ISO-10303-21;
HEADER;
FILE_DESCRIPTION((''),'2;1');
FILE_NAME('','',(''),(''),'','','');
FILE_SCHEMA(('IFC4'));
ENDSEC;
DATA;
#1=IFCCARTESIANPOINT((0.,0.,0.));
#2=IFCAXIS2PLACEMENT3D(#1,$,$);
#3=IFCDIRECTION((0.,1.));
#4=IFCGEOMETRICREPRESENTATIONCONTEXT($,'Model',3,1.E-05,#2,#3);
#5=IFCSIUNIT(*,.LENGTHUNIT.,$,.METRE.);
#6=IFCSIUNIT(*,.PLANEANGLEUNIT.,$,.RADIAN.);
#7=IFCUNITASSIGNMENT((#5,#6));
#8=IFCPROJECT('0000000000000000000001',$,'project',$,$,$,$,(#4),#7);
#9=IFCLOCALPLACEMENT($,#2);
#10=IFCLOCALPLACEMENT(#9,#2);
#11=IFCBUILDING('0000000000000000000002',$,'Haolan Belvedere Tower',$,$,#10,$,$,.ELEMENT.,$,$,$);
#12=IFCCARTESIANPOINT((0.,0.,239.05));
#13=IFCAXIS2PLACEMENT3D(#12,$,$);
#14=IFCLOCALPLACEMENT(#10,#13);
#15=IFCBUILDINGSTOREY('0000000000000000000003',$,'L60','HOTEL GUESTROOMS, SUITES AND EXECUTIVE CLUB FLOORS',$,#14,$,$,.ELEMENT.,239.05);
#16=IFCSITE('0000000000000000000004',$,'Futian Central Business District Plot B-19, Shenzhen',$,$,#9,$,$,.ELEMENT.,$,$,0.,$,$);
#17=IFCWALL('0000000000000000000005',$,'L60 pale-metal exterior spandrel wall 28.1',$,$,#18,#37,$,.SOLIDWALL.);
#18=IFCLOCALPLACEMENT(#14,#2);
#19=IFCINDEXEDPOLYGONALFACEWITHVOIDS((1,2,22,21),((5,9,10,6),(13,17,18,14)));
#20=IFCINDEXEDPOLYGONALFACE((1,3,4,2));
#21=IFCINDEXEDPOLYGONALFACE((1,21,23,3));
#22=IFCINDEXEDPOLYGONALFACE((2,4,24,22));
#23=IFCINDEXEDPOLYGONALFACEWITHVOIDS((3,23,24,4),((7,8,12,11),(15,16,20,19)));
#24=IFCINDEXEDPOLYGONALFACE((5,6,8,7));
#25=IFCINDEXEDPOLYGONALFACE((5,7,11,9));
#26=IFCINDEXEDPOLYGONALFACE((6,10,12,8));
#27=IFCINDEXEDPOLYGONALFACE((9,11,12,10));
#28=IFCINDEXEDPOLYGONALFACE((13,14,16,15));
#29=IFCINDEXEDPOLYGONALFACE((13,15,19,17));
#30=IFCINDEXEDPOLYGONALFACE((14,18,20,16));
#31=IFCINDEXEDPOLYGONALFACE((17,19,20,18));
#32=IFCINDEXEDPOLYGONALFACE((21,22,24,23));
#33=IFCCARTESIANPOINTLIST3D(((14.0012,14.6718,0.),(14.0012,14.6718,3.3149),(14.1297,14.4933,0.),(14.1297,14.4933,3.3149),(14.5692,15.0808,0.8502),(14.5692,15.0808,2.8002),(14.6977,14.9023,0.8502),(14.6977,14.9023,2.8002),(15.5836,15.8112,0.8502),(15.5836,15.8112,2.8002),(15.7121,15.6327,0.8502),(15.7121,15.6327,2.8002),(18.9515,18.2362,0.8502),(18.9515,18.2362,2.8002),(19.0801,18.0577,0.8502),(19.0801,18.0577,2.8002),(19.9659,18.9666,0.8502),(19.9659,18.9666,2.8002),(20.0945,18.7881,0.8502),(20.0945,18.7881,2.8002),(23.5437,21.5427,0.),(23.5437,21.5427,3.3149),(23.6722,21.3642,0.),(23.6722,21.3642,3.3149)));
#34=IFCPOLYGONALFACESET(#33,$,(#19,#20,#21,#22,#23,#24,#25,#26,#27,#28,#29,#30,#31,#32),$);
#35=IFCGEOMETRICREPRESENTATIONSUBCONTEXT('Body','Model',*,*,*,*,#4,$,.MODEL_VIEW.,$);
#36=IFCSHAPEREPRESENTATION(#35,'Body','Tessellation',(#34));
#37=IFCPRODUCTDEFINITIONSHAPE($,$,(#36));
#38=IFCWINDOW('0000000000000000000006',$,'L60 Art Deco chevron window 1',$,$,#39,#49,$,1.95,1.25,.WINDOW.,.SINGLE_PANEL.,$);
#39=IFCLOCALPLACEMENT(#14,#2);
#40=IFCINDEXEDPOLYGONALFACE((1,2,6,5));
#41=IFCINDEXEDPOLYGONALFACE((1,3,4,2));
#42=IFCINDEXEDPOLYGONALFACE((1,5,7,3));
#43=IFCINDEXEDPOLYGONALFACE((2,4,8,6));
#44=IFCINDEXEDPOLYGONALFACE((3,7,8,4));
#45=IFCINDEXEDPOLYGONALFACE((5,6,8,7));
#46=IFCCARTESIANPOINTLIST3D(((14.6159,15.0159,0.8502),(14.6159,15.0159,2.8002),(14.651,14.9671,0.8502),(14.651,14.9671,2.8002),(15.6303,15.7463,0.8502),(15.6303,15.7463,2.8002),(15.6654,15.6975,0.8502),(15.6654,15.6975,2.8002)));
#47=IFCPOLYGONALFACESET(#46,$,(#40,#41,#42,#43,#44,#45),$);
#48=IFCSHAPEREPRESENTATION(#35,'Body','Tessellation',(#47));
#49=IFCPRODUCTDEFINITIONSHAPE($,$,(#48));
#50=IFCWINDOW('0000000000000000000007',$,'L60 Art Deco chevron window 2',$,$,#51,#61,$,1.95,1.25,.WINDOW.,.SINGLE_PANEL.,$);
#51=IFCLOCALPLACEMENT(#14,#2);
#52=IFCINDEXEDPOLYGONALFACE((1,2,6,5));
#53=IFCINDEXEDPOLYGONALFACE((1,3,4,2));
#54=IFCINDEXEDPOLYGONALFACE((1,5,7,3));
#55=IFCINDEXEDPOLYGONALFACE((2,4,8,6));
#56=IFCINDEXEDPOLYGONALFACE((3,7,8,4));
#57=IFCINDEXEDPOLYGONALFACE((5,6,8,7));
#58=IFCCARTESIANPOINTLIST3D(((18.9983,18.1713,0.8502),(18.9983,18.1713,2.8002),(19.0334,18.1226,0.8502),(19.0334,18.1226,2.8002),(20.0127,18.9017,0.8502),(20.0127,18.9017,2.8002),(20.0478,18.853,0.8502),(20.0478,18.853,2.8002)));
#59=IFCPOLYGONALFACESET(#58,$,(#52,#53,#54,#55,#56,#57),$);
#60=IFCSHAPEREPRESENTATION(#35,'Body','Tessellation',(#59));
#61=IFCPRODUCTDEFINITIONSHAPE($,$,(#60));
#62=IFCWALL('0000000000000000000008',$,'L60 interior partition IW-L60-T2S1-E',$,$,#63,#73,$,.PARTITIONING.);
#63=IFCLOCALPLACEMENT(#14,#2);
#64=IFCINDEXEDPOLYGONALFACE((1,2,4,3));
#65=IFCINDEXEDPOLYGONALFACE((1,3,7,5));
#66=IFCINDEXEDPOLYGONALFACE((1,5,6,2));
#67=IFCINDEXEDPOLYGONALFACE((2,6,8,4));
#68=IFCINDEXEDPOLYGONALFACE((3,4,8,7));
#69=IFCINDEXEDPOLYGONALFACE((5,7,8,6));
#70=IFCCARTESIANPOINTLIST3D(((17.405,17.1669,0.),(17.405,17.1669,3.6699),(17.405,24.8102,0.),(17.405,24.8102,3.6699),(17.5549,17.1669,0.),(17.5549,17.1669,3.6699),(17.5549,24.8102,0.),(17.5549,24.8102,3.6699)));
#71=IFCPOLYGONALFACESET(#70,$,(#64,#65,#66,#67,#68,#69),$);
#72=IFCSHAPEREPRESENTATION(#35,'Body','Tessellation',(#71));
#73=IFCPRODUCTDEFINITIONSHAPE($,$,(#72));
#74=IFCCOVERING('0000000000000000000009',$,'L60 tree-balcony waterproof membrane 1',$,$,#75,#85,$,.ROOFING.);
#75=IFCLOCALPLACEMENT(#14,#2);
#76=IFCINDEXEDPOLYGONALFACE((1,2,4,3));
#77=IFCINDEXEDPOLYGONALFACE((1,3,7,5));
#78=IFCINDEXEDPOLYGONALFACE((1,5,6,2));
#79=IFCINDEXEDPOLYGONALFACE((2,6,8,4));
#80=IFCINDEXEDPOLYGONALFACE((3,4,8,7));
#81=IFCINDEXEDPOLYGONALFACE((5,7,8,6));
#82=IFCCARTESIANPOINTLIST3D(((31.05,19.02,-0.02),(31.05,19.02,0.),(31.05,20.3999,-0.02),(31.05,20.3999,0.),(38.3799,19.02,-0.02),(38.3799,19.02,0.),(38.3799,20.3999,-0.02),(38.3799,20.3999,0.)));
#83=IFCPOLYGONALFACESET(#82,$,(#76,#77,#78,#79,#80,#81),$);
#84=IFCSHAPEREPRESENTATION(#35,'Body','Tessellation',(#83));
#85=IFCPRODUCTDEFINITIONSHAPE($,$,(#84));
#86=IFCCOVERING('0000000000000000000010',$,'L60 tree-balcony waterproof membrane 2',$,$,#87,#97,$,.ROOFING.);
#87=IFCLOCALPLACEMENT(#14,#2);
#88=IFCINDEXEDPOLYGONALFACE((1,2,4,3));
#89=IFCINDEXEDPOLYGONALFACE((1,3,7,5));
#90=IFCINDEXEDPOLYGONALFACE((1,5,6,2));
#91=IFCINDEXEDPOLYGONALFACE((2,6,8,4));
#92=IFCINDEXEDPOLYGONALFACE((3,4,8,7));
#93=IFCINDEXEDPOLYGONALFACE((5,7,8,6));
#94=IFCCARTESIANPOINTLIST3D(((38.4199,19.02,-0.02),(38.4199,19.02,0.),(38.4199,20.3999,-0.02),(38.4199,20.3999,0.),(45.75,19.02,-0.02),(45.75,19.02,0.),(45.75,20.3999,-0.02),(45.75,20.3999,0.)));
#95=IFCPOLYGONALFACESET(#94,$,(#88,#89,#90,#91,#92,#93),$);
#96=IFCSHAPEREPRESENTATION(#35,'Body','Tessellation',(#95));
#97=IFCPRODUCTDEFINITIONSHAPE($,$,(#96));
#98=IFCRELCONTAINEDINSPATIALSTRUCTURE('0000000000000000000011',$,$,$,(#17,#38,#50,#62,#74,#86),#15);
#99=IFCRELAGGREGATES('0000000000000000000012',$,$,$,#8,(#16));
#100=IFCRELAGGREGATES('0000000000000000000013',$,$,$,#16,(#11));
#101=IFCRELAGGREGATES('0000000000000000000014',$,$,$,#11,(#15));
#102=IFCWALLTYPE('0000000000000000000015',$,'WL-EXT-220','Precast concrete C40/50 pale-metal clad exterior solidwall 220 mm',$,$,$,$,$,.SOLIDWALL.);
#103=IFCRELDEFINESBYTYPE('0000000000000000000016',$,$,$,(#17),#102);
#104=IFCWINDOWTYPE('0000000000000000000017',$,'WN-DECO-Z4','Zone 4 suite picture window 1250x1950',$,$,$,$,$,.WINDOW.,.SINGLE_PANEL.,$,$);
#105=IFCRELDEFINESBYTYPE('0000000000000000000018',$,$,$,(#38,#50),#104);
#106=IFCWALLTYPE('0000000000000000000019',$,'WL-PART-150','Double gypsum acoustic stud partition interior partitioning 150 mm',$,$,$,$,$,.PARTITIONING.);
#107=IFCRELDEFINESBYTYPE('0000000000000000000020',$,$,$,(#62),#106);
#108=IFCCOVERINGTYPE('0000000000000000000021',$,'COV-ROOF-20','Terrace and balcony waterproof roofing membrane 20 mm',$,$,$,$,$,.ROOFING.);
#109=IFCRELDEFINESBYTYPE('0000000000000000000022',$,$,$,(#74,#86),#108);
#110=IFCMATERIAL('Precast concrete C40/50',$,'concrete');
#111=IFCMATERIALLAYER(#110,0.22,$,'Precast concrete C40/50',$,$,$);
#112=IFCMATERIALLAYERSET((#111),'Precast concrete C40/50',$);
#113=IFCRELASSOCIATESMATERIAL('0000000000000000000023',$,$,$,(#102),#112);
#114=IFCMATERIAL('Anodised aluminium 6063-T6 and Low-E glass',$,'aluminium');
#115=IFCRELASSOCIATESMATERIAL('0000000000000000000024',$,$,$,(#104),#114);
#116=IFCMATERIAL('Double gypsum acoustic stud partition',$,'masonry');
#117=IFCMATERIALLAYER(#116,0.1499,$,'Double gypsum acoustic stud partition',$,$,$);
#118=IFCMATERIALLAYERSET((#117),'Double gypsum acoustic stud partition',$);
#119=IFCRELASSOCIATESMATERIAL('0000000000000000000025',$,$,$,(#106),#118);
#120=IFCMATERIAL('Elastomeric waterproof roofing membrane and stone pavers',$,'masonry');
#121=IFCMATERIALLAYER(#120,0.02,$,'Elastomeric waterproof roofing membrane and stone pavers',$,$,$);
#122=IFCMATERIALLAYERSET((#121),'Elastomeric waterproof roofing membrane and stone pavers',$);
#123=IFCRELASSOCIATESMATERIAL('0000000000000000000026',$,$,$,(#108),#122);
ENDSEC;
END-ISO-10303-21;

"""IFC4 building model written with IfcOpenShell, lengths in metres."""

from ifc_helpers import new_model, si_unit, direction, frame, frame_2d, origin, place, context, subcontext, project, spatial, polyline, rectangle, outline, extrude, material, layer, layer_set, type_object, element, fill, save


model = new_model("IFC4")

# Units and contexts
model_context = context("Model", 3, precision=1e-05, world=origin(), true_north=direction((0.0, 1.0)))
body_context = subcontext(model_context, "Body", "Model", "MODEL_VIEW")
ifc_project = project(units=[si_unit("LENGTHUNIT", "METRE"), si_unit("PLANEANGLEUNIT", "RADIAN")], contexts=[model_context])

# Site, building, storey
site_placement = place(None, origin())
site = spatial("IfcSite", under=ifc_project, at=site_placement, Name="Futian Central Business District Plot B-19, Shenzhen", CompositionType="ELEMENT", RefElevation=0.0)
building_placement = place(site_placement, origin())
building = spatial("IfcBuilding", under=site, at=building_placement, Name="Haolan Belvedere Tower", CompositionType="ELEMENT")
storey_placement = place(building_placement, frame((0.0, 0.0, 239.05)))
storey = spatial("IfcBuildingStorey", under=building, at=storey_placement, Name="L60", Description="HOTEL GUESTROOMS, SUITES AND EXECUTIVE CLUB FLOORS", CompositionType="ELEMENT", Elevation=239.05)

# Shared definitions
ifc_material_1 = material(Name="Precast concrete C40/50", Category="concrete")
ifc_layer_1 = layer(ifc_material_1, 0.22, Name="Precast concrete C40/50")
ifc_layer_set_1 = layer_set([ifc_layer_1], Name="Precast concrete C40/50")
wall_type_1 = type_object("IfcWallType", Name="WL-EXT-220", Description="Precast concrete C40/50 pale-metal clad exterior solidwall 220 mm", PredefinedType="SOLIDWALL", material=ifc_layer_set_1)

# Wall, openings, windows
wall_1_placement = place(storey_placement, frame((14.0654, 14.5825, 0.0), z_axis=(0.0, 0.0, 1.0), x_axis=(0.811524, 0.584319, 0.0)))
wall_1 = element("IfcWall", 1, at=wall_1_placement, inside=storey, type_object=wall_type_1, Name="L60 pale-metal exterior spandrel wall 28.1", PredefinedType="SOLIDWALL", context=body_context, shape_type="SweptSolid", body=[
    extrude(rectangle(XDim=11.7588, YDim=0.22, at=frame_2d((5.8794, 0.0))), origin(), (0.0, 0.0, 1.0), 3.3149),
])
opening_1_placement = place(wall_1_placement, frame((0.7, 0.0, 0.8501)))
opening_1 = element("IfcOpeningElement", 2, at=opening_1_placement, cuts=wall_1, PredefinedType="OPENING", context=body_context, shape_type="SweptSolid", body=[
    extrude(rectangle(XDim=1.25, YDim=1.95, at=frame_2d((0.625, 0.9751))), frame((0.0, 0.1199, 0.0), z_axis=(0.0, -1.0, 0.0), x_axis=(1.0, 0.0, 0.0)), (0.0, 0.0, 1.0), 0.24),
])
opening_2_placement = place(wall_1_placement, frame((6.1001, 0.0, 0.8501)))
opening_2 = element("IfcOpeningElement", 3, at=opening_2_placement, cuts=wall_1, PredefinedType="OPENING", context=body_context, shape_type="SweptSolid", body=[
    extrude(rectangle(XDim=1.25, YDim=1.95, at=frame_2d((0.625, 0.9751))), frame((0.0, 0.1199, 0.0), z_axis=(0.0, -1.0, 0.0), x_axis=(1.0, 0.0, 0.0)), (0.0, 0.0, 1.0), 0.24),
])
ifc_material_2 = material(Name="Anodised aluminium 6063-T6 and Low-E glass", Category="aluminium")
window_type = type_object("IfcWindowType", Name="WN-DECO-Z4", Description="Zone 4 suite picture window 1250x1950", PartitioningType="SINGLE_PANEL", PredefinedType="WINDOW", material=ifc_material_2)
window_1_placement = place(opening_1_placement, origin())
window_1 = element("IfcWindow", 4, at=window_1_placement, inside=storey, type_object=window_type, Name="L60 Art Deco chevron window 1", OverallHeight=1.95, OverallWidth=1.25, PartitioningType="SINGLE_PANEL", PredefinedType="WINDOW", context=body_context, shape_type="SweptSolid", body=[
    extrude(rectangle(XDim=1.25, YDim=1.95, at=frame_2d((0.625, 0.9751))), frame((0.0, 0.03, 0.0), z_axis=(0.0, -1.0, 0.0), x_axis=(1.0, 0.0, 0.0)), (0.0, 0.0, 1.0), 0.0601),
])
fill(opening_1, window_1)
window_2_placement = place(opening_2_placement, origin())
window_2 = element("IfcWindow", 5, at=window_2_placement, inside=storey, type_object=window_type, Name="L60 Art Deco chevron window 2", OverallHeight=1.95, OverallWidth=1.25, PartitioningType="SINGLE_PANEL", PredefinedType="WINDOW", context=body_context, shape_type="SweptSolid", body=[
    extrude(rectangle(XDim=1.25, YDim=1.95, at=frame_2d((0.625, 0.9751))), frame((0.0, 0.03, 0.0), z_axis=(0.0, -1.0, 0.0), x_axis=(1.0, 0.0, 0.0)), (0.0, 0.0, 1.0), 0.0601),
])
fill(opening_2, window_2)

# Wall
ifc_material_3 = material(Name="Double gypsum acoustic stud partition", Category="masonry")
ifc_layer_2 = layer(ifc_material_3, 0.1499, Name="Double gypsum acoustic stud partition")
ifc_layer_set_2 = layer_set([ifc_layer_2], Name="Double gypsum acoustic stud partition")
wall_type_2 = type_object("IfcWallType", Name="WL-PART-150", Description="Double gypsum acoustic stud partition interior partitioning 150 mm", PredefinedType="PARTITIONING", material=ifc_layer_set_2)
wall_2_placement = place(storey_placement, frame((17.48, 17.1667, 0.0), z_axis=(0.0, 0.0, 1.0), x_axis=(0.0, 1.0, 0.0)))
element("IfcWall", 6, at=wall_2_placement, inside=storey, type_object=wall_type_2, Name="L60 interior partition IW-L60-T2S1-E", PredefinedType="PARTITIONING", context=body_context, shape_type="SweptSolid", body=[
    extrude(rectangle(XDim=7.6433, YDim=0.1499, at=frame_2d((3.8218, 0.0))), origin(), (0.0, 0.0, 1.0), 3.6699),
])

# Coverings
ifc_material_4 = material(Name="Elastomeric waterproof roofing membrane and stone pavers", Category="masonry")
ifc_layer_3 = layer(ifc_material_4, 0.02, Name="Elastomeric waterproof roofing membrane and stone pavers")
ifc_layer_set_3 = layer_set([ifc_layer_3], Name="Elastomeric waterproof roofing membrane and stone pavers")
covering_type = type_object("IfcCoveringType", Name="COV-ROOF-20", Description="Terrace and balcony waterproof roofing membrane 20 mm", PredefinedType="ROOFING", material=ifc_layer_set_3)
covering_1_placement = place(storey_placement, frame((0.0, 0.0, -0.02)))
element("IfcCovering", 7, at=covering_1_placement, inside=storey, type_object=covering_type, Name="L60 tree-balcony waterproof membrane 1", PredefinedType="ROOFING", context=body_context, shape_type="SweptSolid", body=[
    extrude(outline(polyline([(31.05, 19.02), (38.3799, 19.02), (38.3799, 20.3999), (31.05, 20.3999), (31.05, 19.02)])), origin(), (0.0, 0.0, 1.0), 0.02),
])
covering_2_placement = place(storey_placement, frame((0.0, 0.0, -0.02)))
element("IfcCovering", 8, at=covering_2_placement, inside=storey, type_object=covering_type, Name="L60 tree-balcony waterproof membrane 2", PredefinedType="ROOFING", context=body_context, shape_type="SweptSolid", body=[
    extrude(outline(polyline([(38.4199, 19.02), (45.75, 19.02), (45.75, 20.3999), (38.4199, 20.3999), (38.4199, 19.02)])), origin(), (0.0, 0.0, 1.0), 0.02),
])

save(model, "model.ifc")
